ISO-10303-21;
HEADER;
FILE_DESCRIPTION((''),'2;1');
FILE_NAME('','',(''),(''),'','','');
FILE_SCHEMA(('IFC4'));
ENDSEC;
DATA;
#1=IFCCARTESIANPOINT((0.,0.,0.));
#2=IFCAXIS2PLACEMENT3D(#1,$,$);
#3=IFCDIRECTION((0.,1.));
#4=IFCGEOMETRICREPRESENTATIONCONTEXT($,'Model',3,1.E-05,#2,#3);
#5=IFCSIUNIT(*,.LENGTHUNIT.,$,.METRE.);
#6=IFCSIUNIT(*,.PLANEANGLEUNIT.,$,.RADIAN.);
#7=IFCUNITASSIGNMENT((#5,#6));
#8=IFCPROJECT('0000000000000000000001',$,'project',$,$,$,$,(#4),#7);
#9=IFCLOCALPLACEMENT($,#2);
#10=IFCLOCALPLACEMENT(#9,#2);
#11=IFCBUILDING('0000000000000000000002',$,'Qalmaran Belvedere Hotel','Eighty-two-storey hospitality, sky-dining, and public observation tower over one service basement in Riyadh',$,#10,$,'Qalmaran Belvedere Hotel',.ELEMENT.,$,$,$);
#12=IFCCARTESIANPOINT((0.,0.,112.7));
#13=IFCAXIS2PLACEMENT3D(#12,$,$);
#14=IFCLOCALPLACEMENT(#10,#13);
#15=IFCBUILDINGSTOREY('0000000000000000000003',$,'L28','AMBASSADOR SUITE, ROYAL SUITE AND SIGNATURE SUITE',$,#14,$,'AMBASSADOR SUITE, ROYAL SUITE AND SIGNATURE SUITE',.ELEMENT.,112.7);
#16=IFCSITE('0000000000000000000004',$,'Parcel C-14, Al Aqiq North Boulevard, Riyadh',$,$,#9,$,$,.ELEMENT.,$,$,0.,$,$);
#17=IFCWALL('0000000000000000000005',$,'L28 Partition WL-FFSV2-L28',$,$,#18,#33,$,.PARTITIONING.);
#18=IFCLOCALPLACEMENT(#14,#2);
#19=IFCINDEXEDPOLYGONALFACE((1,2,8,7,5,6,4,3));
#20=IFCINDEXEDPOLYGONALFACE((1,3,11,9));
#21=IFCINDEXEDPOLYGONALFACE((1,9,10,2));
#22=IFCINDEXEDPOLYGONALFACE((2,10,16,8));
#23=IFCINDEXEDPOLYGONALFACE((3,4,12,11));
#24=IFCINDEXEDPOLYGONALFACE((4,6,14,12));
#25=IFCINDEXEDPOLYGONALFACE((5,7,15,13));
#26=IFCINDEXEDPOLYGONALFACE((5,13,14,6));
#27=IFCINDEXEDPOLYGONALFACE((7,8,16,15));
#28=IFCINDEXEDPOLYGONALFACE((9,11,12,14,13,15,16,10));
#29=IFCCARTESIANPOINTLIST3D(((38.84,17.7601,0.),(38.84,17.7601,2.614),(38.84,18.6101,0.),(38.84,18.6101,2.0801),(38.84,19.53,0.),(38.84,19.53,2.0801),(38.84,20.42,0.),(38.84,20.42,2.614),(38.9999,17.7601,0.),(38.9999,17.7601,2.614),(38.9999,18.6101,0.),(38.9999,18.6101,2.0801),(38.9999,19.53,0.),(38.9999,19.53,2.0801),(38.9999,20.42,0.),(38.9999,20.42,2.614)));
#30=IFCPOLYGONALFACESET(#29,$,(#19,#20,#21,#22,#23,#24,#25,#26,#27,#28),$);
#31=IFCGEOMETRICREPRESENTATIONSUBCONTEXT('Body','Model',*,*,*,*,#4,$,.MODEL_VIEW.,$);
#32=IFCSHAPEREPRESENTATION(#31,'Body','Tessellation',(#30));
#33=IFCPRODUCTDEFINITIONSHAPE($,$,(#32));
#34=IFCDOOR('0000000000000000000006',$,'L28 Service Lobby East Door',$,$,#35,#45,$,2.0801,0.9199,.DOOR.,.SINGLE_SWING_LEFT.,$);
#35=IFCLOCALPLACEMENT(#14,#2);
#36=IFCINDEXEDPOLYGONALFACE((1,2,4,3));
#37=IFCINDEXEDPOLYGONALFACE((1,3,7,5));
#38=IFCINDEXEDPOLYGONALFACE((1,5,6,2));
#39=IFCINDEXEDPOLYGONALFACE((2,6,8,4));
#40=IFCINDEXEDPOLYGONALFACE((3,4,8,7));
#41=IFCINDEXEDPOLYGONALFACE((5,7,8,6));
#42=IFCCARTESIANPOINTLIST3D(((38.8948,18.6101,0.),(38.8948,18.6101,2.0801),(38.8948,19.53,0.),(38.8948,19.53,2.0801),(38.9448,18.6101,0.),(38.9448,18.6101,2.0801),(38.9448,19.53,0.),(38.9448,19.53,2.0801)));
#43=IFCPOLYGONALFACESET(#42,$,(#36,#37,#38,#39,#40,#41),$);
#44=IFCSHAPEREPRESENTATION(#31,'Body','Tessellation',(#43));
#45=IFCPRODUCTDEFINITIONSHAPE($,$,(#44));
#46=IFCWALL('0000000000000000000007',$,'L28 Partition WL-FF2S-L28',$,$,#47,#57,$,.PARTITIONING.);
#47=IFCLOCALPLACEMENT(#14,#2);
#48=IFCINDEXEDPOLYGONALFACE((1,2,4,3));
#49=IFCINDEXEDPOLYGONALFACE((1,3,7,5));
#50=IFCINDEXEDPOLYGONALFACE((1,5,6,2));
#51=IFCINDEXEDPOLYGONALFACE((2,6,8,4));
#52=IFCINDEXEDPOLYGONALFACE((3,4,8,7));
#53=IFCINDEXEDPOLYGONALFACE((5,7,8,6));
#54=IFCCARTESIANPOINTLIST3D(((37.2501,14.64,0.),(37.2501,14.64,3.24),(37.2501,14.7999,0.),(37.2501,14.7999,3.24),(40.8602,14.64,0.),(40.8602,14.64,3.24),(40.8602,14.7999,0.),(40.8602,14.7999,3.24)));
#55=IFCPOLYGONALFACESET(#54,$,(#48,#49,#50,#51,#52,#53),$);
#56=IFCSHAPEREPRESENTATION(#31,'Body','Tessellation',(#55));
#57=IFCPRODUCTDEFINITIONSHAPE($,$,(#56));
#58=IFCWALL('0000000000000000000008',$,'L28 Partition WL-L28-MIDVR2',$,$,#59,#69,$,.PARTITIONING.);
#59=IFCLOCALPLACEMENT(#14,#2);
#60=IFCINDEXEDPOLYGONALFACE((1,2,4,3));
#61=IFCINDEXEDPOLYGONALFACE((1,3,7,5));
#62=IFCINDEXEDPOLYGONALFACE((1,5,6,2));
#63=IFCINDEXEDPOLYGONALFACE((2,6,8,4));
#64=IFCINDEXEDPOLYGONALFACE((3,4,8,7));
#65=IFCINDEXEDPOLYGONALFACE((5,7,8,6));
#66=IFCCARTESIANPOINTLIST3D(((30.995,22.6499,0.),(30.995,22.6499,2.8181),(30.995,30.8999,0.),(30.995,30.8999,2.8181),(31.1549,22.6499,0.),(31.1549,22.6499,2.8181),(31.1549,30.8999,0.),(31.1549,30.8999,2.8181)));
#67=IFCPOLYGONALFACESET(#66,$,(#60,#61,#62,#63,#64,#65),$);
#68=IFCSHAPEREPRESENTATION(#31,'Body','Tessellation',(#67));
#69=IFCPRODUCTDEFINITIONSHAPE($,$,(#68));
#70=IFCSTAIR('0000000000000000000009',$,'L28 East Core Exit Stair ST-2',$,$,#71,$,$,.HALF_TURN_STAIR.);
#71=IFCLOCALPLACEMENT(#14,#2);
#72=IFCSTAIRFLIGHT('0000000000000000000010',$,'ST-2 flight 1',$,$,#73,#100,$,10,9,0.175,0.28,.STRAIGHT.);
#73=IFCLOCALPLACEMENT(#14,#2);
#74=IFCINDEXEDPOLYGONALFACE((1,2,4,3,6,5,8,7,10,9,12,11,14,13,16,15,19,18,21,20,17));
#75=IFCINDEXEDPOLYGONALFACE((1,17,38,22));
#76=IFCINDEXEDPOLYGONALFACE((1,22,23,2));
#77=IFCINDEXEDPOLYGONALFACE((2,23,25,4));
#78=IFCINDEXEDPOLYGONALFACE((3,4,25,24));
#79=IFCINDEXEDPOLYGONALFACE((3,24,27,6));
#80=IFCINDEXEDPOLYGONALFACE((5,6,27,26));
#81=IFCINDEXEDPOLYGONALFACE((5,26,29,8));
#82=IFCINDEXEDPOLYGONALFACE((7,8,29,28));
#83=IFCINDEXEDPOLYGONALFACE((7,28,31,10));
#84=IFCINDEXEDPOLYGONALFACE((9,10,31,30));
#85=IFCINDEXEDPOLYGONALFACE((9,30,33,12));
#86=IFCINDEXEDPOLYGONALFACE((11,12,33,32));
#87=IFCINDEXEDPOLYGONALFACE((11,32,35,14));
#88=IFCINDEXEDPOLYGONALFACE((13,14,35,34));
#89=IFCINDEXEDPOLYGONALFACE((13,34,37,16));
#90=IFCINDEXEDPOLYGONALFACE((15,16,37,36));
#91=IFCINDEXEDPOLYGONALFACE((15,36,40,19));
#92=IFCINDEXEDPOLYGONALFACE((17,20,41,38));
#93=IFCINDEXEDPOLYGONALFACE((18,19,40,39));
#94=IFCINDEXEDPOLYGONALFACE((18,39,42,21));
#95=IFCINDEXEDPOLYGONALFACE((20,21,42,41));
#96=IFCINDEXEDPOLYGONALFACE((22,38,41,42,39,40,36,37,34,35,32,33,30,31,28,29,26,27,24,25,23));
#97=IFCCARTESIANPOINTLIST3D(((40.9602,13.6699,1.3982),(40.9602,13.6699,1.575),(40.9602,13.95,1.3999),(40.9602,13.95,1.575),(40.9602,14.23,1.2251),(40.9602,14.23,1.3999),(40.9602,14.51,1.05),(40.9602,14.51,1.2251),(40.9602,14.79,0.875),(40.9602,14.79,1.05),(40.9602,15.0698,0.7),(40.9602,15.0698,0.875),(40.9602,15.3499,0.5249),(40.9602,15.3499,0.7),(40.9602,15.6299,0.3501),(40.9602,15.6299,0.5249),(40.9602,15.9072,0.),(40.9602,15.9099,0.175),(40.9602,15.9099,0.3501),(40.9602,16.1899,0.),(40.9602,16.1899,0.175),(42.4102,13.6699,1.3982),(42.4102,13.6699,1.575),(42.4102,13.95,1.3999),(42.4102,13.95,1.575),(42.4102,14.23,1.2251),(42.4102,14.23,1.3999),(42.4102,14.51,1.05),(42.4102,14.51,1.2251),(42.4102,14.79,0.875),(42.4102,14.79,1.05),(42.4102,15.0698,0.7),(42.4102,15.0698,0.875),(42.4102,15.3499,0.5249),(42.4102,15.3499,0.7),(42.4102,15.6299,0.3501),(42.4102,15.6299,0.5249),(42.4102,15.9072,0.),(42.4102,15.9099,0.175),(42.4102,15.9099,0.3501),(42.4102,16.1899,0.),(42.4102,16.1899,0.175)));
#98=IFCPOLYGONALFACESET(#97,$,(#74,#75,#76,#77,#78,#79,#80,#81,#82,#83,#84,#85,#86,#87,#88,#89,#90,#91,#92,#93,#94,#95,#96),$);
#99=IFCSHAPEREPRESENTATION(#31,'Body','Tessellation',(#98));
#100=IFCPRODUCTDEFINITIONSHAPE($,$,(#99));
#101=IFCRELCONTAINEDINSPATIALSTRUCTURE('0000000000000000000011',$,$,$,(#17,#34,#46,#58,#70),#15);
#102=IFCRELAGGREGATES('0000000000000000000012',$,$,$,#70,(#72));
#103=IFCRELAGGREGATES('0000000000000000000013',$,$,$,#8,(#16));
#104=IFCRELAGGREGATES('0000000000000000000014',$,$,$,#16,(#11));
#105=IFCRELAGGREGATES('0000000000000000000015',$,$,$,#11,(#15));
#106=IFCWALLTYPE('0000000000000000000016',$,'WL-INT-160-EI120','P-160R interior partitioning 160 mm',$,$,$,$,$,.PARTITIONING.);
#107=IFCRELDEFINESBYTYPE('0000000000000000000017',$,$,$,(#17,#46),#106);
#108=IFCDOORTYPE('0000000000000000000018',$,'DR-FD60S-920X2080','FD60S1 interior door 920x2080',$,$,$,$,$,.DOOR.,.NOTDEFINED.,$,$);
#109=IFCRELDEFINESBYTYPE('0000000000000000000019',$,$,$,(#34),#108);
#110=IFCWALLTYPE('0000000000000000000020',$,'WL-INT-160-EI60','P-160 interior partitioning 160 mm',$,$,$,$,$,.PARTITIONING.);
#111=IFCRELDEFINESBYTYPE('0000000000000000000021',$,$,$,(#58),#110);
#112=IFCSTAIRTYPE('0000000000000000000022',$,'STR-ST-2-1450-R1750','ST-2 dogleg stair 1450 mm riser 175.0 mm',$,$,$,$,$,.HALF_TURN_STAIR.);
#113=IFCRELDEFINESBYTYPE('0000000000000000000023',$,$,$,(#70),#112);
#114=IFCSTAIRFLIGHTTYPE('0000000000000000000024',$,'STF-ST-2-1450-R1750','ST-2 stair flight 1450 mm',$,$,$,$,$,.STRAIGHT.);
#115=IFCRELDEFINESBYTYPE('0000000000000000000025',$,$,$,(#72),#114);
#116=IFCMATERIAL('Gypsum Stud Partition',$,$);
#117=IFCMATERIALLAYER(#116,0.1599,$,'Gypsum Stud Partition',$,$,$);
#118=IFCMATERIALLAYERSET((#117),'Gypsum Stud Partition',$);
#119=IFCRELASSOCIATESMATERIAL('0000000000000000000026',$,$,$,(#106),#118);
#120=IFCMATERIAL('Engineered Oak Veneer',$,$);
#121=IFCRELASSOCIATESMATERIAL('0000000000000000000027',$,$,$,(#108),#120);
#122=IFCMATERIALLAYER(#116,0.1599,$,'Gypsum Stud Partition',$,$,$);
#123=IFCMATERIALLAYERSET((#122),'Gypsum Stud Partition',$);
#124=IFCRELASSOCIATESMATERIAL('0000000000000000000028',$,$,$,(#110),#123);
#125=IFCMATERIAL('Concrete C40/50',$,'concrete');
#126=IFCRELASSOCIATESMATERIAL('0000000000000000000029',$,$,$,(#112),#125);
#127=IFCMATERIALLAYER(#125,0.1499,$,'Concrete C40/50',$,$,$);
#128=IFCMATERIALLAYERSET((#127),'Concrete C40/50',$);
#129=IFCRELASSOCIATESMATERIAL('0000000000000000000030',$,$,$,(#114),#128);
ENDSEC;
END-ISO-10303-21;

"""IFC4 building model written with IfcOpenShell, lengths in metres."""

from ifc_helpers import new_model, si_unit, direction, frame, frame_2d, origin, place, context, subcontext, project, spatial, polyline, rectangle, outline, extrude, material, layer, layer_set, type_object, element, fill, aggregate, save


model = new_model("IFC4")

# Units and contexts
model_context = context("Model", 3, precision=1e-05, world=origin(), true_north=direction((0.0, 1.0)))
body_context = subcontext(model_context, "Body", "Model", "MODEL_VIEW")
ifc_project = project(units=[si_unit("LENGTHUNIT", "METRE"), si_unit("PLANEANGLEUNIT", "RADIAN")], contexts=[model_context])

# Site, building, storey
site_placement = place(None, origin())
site = spatial("IfcSite", under=ifc_project, at=site_placement, Name="Parcel C-14, Al Aqiq North Boulevard, Riyadh", CompositionType="ELEMENT", RefElevation=0.0)
building_placement = place(site_placement, origin())
building = spatial("IfcBuilding", under=site, at=building_placement, Name="Qalmaran Belvedere Hotel", Description="Eighty-two-storey hospitality, sky-dining, and public observation tower over one service basement in Riyadh", LongName="Qalmaran Belvedere Hotel", CompositionType="ELEMENT")
storey_placement = place(building_placement, frame((0.0, 0.0, 112.7)))
storey = spatial("IfcBuildingStorey", under=building, at=storey_placement, Name="L28", Description="AMBASSADOR SUITE, ROYAL SUITE AND SIGNATURE SUITE", LongName="AMBASSADOR SUITE, ROYAL SUITE AND SIGNATURE SUITE", CompositionType="ELEMENT", Elevation=112.7)

# Shared definitions
ifc_material_1 = material(Name="Gypsum Stud Partition")

# Wall, opening, door
ifc_layer_1 = layer(ifc_material_1, 0.1599, Name="Gypsum Stud Partition")
ifc_layer_set_1 = layer_set([ifc_layer_1], Name="Gypsum Stud Partition")
wall_type_1 = type_object("IfcWallType", Name="WL-INT-160-EI120", Description="P-160R interior partitioning 160 mm", PredefinedType="PARTITIONING", material=ifc_layer_set_1)
wall_1_placement = place(storey_placement, frame((38.9199, 17.76, 0.0), z_axis=(0.0, 0.0, 1.0), x_axis=(0.0, 1.0, 0.0)))
wall_1 = element("IfcWall", 1, at=wall_1_placement, inside=storey, type_object=wall_type_1, Name="L28 Partition WL-FFSV2-L28", PredefinedType="PARTITIONING", context=body_context, shape_type="SweptSolid", body=[
    extrude(rectangle(XDim=2.6599, YDim=0.1599, at=frame_2d((1.3301, 0.0))), origin(), (0.0, 0.0, 1.0), 2.614),
])
opening_1_placement = place(wall_1_placement, frame((1.77, 0.0, 0.0), z_axis=(0.0, 0.0, 1.0), x_axis=(-1.0, 0.0, 0.0)))
opening_1 = element("IfcOpeningElement", 2, at=opening_1_placement, cuts=wall_1, PredefinedType="OPENING", context=body_context, shape_type="SweptSolid", body=[
    extrude(rectangle(XDim=0.9199, YDim=2.0801, at=frame_2d((0.46, 1.04))), frame((0.0, 0.0898, 0.0), z_axis=(0.0, -1.0, 0.0), x_axis=(1.0, 0.0, 0.0)), (0.0, 0.0, 1.0), 0.1799),
])
ifc_material_2 = material(Name="Engineered Oak Veneer")
door_type_1 = type_object("IfcDoorType", Name="DR-FD60S-920X2080", Description="FD60S1 interior door 920x2080", OperationType="NOTDEFINED", PredefinedType="DOOR", material=ifc_material_2)
door_1_placement = place(opening_1_placement, origin())
door_1 = element("IfcDoor", 3, at=door_1_placement, inside=storey, type_object=door_type_1, Name="L28 Service Lobby East Door", OperationType="SINGLE_SWING_LEFT", OverallHeight=2.0801, OverallWidth=0.9199, PredefinedType="DOOR", context=body_context, shape_type="SweptSolid", body=[
    extrude(rectangle(XDim=0.9199, YDim=2.0801, at=frame_2d((0.46, 1.04))), frame((0.0, 0.0249, 0.0), z_axis=(0.0, -1.0, 0.0), x_axis=(1.0, 0.0, 0.0)), (0.0, 0.0, 1.0), 0.05),
])
fill(opening_1, door_1)

# Walls
wall_2_placement = place(storey_placement, frame((37.25, 14.72, 0.0), z_axis=(0.0, 0.0, 1.0), x_axis=(1.0, 0.0, 0.0)))
element("IfcWall", 4, at=wall_2_placement, inside=storey, type_object=wall_type_1, Name="L28 Partition WL-FF2S-L28", PredefinedType="PARTITIONING", context=body_context, shape_type="SweptSolid", body=[
    extrude(rectangle(XDim=3.6101, YDim=0.1599, at=frame_2d((1.8052, 0.0))), origin(), (0.0, 0.0, 1.0), 3.24),
])
ifc_layer_2 = layer(ifc_material_1, 0.1599, Name="Gypsum Stud Partition")
ifc_layer_set_2 = layer_set([ifc_layer_2], Name="Gypsum Stud Partition")
wall_type_2 = type_object("IfcWallType", Name="WL-INT-160-EI60", Description="P-160 interior partitioning 160 mm", PredefinedType="PARTITIONING", material=ifc_layer_set_2)
wall_3_placement = place(storey_placement, frame((31.075, 22.6499, 0.0), z_axis=(0.0, 0.0, 1.0), x_axis=(0.0, 1.0, 0.0)))
element("IfcWall", 5, at=wall_3_placement, inside=storey, type_object=wall_type_2, Name="L28 Partition WL-L28-MIDVR2", PredefinedType="PARTITIONING", context=body_context, shape_type="SweptSolid", body=[
    extrude(rectangle(XDim=8.25, YDim=0.1599, at=frame_2d((4.125, 0.0))), origin(), (0.0, 0.0, 1.0), 2.8181),
])

# Stair, stair flight
ifc_material_3 = material(Name="Concrete C40/50", Category="concrete")
stair_type = type_object("IfcStairType", Name="STR-ST-2-1450-R1750", Description="ST-2 dogleg stair 1450 mm riser 175.0 mm", PredefinedType="HALF_TURN_STAIR", material=ifc_material_3)
stair_placement = place(storey_placement, origin())
stair = element("IfcStair", 6, at=stair_placement, inside=storey, type_object=stair_type, Name="L28 East Core Exit Stair ST-2", PredefinedType="HALF_TURN_STAIR")
ifc_layer_3 = layer(ifc_material_3, 0.1499, Name="Concrete C40/50")
ifc_layer_set_3 = layer_set([ifc_layer_3], Name="Concrete C40/50")
stair_flight_type = type_object("IfcStairFlightType", Name="STF-ST-2-1450-R1750", Description="ST-2 stair flight 1450 mm", PredefinedType="STRAIGHT", material=ifc_layer_set_3)
stair_flight_placement = place(storey_placement, frame((41.6851, 16.1899, 0.0), z_axis=(0.0, 0.0, 1.0), x_axis=(0.0, -1.0, 0.0)))
stair_flight = element("IfcStairFlight", 7, at=stair_flight_placement, type_object=stair_flight_type, Name="ST-2 flight 1", NumberOfRisers=10, NumberOfTreads=9, PredefinedType="STRAIGHT", RiserHeight=0.175, TreadLength=0.28, context=body_context, shape_type="SweptSolid", body=[
    extrude(outline(polyline([(0.0, 0.0), (0.0, 0.175), (0.28, 0.175), (0.28, 0.3501), (0.5601, 0.3501), (0.5601, 0.5249), (0.8401, 0.5249), (0.8401, 0.7), (1.1201, 0.7), (1.1201, 0.875), (1.3999, 0.875), (1.3999, 1.05), (1.6799, 1.05), (1.6799, 1.2251), (1.96, 1.2251), (1.96, 1.3999), (2.24, 1.3999), (2.24, 1.575), (2.52, 1.575), (2.52, 1.75), (2.52, 1.3982), (0.2827, 0.0), (0.0, 0.0)])), frame((0.0, 0.7251, 0.0), z_axis=(0.0, -1.0, 0.0), x_axis=(1.0, 0.0, 0.0)), (0.0, 0.0, 1.0), 1.45),
])
aggregate(stair, [stair_flight])

save(model, "model.ifc")
